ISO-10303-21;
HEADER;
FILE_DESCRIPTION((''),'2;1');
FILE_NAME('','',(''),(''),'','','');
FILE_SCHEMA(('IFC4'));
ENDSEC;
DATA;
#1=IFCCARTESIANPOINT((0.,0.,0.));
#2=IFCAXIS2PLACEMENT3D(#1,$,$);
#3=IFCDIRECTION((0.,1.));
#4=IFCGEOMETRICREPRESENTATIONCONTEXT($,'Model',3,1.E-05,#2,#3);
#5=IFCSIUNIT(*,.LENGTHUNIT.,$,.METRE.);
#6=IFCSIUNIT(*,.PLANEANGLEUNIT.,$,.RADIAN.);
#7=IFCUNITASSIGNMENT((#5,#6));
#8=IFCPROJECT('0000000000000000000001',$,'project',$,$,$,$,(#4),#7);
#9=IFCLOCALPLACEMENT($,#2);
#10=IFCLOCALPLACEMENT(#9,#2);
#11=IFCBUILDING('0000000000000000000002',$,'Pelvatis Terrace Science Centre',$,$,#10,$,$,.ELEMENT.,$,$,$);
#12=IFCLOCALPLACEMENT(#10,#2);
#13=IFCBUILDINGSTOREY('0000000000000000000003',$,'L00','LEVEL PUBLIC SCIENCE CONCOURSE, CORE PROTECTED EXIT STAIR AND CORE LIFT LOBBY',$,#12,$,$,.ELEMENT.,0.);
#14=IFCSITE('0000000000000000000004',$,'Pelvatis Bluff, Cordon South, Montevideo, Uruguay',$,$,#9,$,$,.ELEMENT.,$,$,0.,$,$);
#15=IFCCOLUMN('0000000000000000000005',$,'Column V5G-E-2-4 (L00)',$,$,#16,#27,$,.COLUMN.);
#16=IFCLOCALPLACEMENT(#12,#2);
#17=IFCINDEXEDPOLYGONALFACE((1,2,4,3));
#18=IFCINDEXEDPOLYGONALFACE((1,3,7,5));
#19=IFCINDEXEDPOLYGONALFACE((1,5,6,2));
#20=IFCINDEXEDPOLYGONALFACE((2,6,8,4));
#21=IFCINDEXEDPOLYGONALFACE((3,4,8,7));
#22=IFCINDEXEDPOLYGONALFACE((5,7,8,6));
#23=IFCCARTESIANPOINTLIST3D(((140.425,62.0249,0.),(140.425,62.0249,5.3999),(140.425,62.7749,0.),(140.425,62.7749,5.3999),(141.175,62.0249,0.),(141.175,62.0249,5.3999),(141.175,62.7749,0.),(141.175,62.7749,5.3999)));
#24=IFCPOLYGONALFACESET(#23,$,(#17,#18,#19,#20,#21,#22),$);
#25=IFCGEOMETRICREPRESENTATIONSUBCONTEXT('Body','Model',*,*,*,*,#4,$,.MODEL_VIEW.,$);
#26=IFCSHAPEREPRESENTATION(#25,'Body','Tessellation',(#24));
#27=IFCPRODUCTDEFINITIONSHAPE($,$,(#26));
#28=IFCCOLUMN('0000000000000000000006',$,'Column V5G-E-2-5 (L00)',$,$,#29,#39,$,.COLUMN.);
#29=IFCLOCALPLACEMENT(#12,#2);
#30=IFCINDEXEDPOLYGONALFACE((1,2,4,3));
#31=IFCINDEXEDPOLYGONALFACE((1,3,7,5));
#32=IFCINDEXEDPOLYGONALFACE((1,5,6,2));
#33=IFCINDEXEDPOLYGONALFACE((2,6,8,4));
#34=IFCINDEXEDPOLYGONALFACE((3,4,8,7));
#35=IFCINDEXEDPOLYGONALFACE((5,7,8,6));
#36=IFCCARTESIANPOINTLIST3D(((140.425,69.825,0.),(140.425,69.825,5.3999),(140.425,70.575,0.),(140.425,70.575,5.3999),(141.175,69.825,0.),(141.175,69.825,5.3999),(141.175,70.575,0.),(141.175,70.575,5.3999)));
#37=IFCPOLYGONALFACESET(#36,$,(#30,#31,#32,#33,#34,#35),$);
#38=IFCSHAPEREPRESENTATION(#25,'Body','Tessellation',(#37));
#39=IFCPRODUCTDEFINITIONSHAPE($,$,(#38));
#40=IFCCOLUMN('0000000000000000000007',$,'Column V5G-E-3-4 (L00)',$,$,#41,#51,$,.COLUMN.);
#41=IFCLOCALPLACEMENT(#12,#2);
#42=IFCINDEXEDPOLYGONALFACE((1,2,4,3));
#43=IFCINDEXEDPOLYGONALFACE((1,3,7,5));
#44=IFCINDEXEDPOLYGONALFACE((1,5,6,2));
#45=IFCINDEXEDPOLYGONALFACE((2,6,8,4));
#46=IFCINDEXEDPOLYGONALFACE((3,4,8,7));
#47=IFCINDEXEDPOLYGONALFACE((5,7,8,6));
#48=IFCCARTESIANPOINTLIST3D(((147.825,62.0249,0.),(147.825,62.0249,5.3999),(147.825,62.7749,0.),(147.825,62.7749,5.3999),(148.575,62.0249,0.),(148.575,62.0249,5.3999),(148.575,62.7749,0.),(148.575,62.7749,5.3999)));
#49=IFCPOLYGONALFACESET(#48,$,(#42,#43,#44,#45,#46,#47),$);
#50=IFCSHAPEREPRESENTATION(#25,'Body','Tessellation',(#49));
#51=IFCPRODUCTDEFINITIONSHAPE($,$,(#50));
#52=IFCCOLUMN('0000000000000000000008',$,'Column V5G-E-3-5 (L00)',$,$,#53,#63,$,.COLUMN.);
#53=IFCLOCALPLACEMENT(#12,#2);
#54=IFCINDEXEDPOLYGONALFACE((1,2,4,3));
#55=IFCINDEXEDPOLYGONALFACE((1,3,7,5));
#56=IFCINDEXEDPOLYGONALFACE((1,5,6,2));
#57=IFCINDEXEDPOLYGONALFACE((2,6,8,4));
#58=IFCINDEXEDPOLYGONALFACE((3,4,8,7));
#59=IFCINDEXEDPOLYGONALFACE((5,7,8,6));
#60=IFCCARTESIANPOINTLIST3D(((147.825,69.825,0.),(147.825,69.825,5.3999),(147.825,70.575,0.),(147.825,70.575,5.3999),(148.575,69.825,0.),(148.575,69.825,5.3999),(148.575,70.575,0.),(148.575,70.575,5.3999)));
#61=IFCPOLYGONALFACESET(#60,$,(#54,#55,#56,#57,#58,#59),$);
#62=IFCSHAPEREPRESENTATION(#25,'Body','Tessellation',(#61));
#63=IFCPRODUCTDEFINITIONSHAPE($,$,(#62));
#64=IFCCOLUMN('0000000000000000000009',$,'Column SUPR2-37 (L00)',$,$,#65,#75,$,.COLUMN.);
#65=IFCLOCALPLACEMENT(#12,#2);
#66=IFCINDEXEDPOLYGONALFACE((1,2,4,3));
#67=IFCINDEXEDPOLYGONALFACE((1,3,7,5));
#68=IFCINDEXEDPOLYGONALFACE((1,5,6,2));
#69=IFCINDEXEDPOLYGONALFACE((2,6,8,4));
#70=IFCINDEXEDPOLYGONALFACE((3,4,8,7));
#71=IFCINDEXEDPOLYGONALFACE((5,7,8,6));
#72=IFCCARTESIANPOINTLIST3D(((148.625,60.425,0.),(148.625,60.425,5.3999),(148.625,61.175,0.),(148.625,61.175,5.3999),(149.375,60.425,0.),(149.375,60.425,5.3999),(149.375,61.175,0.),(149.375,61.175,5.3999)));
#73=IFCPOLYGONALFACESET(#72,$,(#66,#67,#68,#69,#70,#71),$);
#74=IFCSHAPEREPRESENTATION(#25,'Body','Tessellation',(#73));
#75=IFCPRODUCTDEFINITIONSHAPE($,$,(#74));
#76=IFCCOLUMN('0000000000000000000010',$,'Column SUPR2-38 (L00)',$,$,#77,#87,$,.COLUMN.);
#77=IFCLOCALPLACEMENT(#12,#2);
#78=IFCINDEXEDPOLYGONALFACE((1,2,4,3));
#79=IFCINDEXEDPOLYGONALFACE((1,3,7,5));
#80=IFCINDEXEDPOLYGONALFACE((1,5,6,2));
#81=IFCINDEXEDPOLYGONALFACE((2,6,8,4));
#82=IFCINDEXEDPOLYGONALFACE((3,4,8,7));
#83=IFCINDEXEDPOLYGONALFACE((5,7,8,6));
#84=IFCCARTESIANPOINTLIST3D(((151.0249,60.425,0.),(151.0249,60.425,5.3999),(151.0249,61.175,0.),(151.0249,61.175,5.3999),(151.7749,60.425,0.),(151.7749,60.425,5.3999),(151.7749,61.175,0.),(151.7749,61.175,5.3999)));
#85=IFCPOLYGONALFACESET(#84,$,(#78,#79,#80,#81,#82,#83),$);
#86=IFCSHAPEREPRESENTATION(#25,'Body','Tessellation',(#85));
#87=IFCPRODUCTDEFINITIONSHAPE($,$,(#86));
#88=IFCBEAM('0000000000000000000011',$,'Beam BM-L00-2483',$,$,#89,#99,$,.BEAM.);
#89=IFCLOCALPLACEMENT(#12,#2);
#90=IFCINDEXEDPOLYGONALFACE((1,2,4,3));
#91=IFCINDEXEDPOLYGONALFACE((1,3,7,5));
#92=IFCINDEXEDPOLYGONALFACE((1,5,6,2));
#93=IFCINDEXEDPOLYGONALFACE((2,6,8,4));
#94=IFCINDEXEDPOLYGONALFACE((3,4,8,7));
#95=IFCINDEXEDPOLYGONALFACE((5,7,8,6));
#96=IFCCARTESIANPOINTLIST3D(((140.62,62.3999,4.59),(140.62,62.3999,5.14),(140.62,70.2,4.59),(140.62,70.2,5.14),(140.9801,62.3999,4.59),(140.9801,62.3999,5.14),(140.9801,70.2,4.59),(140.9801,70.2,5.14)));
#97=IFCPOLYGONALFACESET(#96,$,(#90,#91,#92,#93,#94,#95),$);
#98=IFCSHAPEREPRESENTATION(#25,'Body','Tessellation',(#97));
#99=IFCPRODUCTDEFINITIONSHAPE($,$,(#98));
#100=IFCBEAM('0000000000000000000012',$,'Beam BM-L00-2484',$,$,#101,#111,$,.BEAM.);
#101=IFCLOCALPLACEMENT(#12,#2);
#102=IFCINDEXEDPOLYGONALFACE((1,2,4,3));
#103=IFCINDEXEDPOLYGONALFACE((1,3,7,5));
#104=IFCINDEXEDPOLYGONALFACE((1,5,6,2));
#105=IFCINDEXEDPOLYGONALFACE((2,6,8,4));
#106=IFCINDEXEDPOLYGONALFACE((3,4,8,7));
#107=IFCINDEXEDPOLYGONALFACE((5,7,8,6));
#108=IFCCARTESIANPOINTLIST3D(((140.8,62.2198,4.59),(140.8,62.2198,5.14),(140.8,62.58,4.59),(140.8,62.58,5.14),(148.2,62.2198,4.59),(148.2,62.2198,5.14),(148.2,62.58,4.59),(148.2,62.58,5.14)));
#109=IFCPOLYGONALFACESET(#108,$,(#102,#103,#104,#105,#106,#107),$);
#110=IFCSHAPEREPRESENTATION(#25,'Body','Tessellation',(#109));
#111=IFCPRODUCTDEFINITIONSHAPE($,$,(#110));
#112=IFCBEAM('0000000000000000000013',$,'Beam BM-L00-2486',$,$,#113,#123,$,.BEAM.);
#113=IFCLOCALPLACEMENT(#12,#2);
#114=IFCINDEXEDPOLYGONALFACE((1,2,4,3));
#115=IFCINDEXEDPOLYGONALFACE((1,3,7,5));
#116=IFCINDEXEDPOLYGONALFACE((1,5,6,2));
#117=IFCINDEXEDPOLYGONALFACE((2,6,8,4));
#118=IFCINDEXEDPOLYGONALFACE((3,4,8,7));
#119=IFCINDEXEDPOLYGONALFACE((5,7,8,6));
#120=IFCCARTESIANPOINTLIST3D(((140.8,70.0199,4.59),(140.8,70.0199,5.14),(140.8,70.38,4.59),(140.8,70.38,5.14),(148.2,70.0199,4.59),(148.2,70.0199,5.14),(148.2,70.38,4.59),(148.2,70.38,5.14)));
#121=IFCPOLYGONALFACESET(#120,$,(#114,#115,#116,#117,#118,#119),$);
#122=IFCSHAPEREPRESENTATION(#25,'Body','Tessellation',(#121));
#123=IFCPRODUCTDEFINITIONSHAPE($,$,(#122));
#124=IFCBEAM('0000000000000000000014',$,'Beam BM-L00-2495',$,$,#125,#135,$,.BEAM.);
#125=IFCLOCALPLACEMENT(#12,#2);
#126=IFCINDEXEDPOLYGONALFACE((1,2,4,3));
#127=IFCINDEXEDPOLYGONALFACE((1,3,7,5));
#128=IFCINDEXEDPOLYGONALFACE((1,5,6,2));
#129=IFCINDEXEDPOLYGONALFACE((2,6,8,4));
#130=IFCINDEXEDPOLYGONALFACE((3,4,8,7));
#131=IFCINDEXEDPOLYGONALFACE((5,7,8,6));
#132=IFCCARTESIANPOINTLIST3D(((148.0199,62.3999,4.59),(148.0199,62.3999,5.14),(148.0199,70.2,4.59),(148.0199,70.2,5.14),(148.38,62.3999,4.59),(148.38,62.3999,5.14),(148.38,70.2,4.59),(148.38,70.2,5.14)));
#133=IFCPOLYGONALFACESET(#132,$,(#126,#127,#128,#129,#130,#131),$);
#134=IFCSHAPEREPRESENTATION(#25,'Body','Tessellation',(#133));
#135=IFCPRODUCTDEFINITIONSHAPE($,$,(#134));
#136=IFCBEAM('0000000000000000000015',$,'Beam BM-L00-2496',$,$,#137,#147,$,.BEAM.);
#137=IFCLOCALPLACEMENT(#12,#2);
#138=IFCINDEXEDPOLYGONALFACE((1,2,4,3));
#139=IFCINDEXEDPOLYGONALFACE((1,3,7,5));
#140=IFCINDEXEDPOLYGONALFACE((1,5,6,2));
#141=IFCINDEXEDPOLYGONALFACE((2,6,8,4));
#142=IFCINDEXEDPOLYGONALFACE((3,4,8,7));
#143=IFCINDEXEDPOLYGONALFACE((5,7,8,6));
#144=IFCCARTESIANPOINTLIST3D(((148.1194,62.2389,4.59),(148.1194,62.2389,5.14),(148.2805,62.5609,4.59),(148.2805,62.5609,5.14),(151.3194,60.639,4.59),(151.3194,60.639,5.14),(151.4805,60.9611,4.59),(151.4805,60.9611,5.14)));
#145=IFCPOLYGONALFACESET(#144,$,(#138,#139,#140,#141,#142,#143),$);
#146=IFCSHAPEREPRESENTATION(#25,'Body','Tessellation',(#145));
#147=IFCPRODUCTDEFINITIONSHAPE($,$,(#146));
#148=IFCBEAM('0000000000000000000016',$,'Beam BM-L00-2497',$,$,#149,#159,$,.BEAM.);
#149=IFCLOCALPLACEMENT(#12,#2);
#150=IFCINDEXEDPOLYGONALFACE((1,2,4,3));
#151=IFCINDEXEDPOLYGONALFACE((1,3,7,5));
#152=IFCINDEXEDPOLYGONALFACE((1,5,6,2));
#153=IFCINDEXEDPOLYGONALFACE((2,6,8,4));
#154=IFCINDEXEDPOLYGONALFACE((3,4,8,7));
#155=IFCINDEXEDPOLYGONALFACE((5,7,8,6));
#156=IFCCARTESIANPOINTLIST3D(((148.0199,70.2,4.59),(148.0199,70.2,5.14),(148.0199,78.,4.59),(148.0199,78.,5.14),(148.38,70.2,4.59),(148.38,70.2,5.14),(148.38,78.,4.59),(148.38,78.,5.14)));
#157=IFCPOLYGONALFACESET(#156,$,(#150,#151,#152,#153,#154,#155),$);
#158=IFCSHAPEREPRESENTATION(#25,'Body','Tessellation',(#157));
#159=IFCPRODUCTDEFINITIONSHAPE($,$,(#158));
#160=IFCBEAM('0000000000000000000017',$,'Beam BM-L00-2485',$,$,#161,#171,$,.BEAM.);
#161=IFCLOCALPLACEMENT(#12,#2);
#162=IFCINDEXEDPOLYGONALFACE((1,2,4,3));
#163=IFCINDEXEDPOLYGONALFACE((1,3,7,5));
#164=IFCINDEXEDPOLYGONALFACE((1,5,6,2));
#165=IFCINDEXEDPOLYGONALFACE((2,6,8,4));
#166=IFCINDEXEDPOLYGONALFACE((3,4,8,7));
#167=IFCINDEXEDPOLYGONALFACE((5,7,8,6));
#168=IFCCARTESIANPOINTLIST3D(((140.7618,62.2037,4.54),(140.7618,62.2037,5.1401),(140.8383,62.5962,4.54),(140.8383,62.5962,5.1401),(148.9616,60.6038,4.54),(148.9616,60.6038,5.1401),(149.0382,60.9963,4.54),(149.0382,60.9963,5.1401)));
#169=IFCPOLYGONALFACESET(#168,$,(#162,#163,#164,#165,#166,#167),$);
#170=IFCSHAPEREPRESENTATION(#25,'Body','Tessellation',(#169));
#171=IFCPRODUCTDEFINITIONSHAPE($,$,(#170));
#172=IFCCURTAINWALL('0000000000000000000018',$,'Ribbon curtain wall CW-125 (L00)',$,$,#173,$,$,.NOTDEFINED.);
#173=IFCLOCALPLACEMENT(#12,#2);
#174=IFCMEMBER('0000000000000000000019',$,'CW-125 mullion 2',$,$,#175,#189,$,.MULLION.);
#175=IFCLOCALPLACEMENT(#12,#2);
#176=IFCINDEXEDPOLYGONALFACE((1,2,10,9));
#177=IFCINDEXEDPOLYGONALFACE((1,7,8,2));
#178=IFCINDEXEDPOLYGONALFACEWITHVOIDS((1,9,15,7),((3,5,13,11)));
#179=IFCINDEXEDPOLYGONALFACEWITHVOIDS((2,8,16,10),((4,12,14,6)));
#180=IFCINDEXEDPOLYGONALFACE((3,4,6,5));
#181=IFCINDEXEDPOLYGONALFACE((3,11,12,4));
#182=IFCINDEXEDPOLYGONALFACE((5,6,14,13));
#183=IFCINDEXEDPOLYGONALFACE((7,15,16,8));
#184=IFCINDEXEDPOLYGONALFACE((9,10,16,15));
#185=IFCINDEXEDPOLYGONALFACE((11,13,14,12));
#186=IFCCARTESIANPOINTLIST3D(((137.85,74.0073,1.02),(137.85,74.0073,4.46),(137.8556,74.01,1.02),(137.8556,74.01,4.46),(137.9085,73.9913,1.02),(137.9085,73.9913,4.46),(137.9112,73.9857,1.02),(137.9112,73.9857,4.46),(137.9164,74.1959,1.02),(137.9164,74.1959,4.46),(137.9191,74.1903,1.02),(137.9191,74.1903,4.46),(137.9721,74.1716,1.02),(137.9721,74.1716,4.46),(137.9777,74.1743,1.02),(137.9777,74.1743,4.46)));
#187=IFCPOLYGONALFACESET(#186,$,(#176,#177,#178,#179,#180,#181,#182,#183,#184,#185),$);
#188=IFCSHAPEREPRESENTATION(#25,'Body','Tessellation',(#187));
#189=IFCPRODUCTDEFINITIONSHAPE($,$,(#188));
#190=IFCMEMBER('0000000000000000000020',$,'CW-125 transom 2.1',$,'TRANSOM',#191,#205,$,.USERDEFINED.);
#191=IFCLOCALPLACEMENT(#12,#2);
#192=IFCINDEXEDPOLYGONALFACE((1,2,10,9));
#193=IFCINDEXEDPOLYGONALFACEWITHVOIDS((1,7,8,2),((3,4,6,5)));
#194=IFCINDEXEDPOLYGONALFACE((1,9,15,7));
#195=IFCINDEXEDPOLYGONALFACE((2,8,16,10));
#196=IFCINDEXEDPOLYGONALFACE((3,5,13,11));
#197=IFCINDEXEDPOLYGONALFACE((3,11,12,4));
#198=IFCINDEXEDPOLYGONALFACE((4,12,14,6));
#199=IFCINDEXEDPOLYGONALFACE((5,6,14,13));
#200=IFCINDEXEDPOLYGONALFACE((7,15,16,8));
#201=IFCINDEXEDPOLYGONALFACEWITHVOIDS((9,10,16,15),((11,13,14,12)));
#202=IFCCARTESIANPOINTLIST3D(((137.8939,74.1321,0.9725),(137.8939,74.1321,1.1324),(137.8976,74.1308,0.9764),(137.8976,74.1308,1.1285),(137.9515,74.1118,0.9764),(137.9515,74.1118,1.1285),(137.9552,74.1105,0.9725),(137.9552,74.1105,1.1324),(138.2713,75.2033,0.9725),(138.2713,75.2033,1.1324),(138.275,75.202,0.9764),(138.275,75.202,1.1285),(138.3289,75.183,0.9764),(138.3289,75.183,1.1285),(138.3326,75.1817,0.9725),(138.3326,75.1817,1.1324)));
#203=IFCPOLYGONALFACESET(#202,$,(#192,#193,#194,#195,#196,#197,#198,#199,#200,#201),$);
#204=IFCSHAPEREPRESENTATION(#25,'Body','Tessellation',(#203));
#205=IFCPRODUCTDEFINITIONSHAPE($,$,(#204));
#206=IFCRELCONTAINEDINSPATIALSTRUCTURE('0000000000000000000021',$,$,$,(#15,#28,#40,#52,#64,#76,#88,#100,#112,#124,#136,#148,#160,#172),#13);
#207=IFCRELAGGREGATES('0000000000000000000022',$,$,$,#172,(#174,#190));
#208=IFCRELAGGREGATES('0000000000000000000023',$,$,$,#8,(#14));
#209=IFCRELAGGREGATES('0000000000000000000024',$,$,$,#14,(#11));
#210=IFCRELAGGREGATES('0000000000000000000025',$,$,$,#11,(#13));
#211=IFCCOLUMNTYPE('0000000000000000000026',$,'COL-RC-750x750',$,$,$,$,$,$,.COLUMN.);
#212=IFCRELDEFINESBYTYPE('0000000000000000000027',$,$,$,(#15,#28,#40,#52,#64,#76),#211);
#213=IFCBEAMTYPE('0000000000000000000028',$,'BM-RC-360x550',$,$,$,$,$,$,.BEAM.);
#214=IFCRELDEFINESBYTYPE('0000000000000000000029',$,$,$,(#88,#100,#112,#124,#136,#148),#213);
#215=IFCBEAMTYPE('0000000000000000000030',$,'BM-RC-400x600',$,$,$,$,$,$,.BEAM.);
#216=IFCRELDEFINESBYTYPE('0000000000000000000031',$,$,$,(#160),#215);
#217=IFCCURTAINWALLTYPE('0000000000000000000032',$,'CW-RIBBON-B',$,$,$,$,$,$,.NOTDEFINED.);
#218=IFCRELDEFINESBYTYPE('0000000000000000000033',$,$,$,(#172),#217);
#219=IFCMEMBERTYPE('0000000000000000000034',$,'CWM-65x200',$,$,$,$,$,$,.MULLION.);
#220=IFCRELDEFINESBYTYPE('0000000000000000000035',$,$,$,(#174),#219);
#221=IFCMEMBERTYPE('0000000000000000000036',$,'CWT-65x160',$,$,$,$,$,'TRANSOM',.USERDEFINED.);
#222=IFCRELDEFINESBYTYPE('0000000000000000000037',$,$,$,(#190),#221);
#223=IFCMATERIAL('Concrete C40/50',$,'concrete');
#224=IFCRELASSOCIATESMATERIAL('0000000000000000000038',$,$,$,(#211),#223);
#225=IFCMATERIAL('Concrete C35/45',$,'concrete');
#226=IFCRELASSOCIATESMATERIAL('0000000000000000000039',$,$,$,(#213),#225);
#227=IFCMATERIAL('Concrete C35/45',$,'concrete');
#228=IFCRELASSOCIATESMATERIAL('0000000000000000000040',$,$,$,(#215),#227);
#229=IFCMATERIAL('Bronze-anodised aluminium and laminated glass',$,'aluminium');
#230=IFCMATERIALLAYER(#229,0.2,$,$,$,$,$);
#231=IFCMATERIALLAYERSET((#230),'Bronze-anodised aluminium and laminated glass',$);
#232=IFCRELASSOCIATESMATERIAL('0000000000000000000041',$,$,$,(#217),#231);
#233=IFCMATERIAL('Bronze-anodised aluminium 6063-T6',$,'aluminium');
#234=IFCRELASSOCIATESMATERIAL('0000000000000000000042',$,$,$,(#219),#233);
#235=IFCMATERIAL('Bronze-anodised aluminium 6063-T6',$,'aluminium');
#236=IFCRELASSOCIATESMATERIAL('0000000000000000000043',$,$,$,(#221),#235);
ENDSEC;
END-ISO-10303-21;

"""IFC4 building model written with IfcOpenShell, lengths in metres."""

from ifc_helpers import new_model, si_unit, direction, frame, origin, origin_2d, place, context, subcontext, project, spatial, rectangle, hollow_rectangle, extrude, material, layer, layer_set, material_profile, profile_set, type_object, element, aggregate, save


model = new_model("IFC4")

# Units and contexts
model_context = context("Model", 3, precision=1e-05, world=origin(), true_north=direction((0.0, 1.0)))
body_context = subcontext(model_context, "Body", "Model", "MODEL_VIEW")
ifc_project = project(units=[si_unit("LENGTHUNIT", "METRE"), si_unit("PLANEANGLEUNIT", "RADIAN")], contexts=[model_context])

# Site, building, storey
site_placement = place(None, origin())
site = spatial("IfcSite", under=ifc_project, at=site_placement, Name="Pelvatis Bluff, Cordon South, Montevideo, Uruguay", CompositionType="ELEMENT", RefElevation=0.0)
building_placement = place(site_placement, origin())
building = spatial("IfcBuilding", under=site, at=building_placement, Name="Pelvatis Terrace Science Centre", CompositionType="ELEMENT")
storey_placement = place(building_placement, origin())
storey = spatial("IfcBuildingStorey", under=building, at=storey_placement, Name="L00", Description="LEVEL PUBLIC SCIENCE CONCOURSE, CORE PROTECTED EXIT STAIR AND CORE LIFT LOBBY", CompositionType="ELEMENT", Elevation=0.0)

# Columns
ifc_material_1 = material(Name="Concrete C40/50", Category="concrete")
ifc_material_profile_1 = material_profile(ifc_material_1, rectangle(XDim=0.75, YDim=0.75, at=origin_2d()), Name="RC-COL 750x750")
ifc_profile_set_1 = profile_set([ifc_material_profile_1], Name="Concrete C40/50")
column_type = type_object("IfcColumnType", Name="COL-RC-750x750", PredefinedType="COLUMN", material=ifc_profile_set_1)
for number, where, z_axis, x_axis, name in (
    (1, (140.8, 62.3999, 0.0), (0.0, 0.0, 1.0), (1.0, 0.0, 0.0), "Column V5G-E-2-4 (L00)"),
    (2, (140.8, 70.2, 0.0), (0.0, 0.0, 1.0), (1.0, 0.0, 0.0), "Column V5G-E-2-5 (L00)"),
    (3, (148.2, 62.3999, 0.0), (0.0, 0.0, 1.0), (1.0, 0.0, 0.0), "Column V5G-E-3-4 (L00)"),
    (4, (148.2, 70.2, 0.0), (0.0, 0.0, 1.0), (1.0, 0.0, 0.0), "Column V5G-E-3-5 (L00)"),
    (5, (149.0, 60.8, 0.0), (0.0, 0.0, 1.0), (1.0, 0.0, 0.0), "Column SUPR2-37 (L00)"),
    (6, (151.3999, 60.8, 0.0), (0.0, 0.0, 1.0), (1.0, 0.0, 0.0), "Column SUPR2-38 (L00)"),
):
    element("IfcColumn", number, at=place(storey_placement, frame(where, z_axis=z_axis, x_axis=x_axis)), inside=storey, type_object=column_type, Name=name, PredefinedType="COLUMN", context=body_context, shape_type="SweptSolid", body=[
        extrude(rectangle(XDim=0.75, YDim=0.75, at=origin_2d()), origin(), (0.0, 0.0, 1.0), 5.3999),
    ])

# Beams
ifc_material_2 = material(Name="Concrete C35/45", Category="concrete")
ifc_material_profile_2 = material_profile(ifc_material_2, rectangle(XDim=0.3601, YDim=0.55, at=origin_2d()), Name="RC-BM 360x550")
ifc_profile_set_2 = profile_set([ifc_material_profile_2], Name="Concrete C35/45")
beam_type_1 = type_object("IfcBeamType", Name="BM-RC-360x550", PredefinedType="BEAM", material=ifc_profile_set_2)
beam_1_placement = place(storey_placement, frame((140.8, 62.3999, 4.865), z_axis=(0.0, 1.0, 0.0), x_axis=(-1.0, 0.0, 0.0)))
element("IfcBeam", 7, at=beam_1_placement, inside=storey, type_object=beam_type_1, Name="Beam BM-L00-2483", PredefinedType="BEAM", context=body_context, shape_type="SweptSolid", body=[
    extrude(rectangle(XDim=0.3601, YDim=0.55, at=origin_2d()), origin(), (0.0, 0.0, 1.0), 7.8),
])
for number, where, z_axis, x_axis, name in (
    (8, (140.8, 62.3999, 4.865), (1.0, 0.0, 0.0), (0.0, 1.0, 0.0), "Beam BM-L00-2484"),
    (9, (140.8, 70.2, 4.865), (1.0, 0.0, 0.0), (0.0, 1.0, 0.0), "Beam BM-L00-2486"),
):
    element("IfcBeam", number, at=place(storey_placement, frame(where, z_axis=z_axis, x_axis=x_axis)), inside=storey, type_object=beam_type_1, Name=name, PredefinedType="BEAM", context=body_context, shape_type="SweptSolid", body=[
        extrude(rectangle(XDim=0.3601, YDim=0.55, at=origin_2d()), origin(), (0.0, 0.0, 1.0), 7.3999),
    ])
beam_2_placement = place(storey_placement, frame((148.2, 62.3999, 4.865), z_axis=(0.0, 1.0, 0.0), x_axis=(-1.0, 0.0, 0.0)))
element("IfcBeam", 10, at=beam_2_placement, inside=storey, type_object=beam_type_1, Name="Beam BM-L00-2495", PredefinedType="BEAM", context=body_context, shape_type="SweptSolid", body=[
    extrude(rectangle(XDim=0.3601, YDim=0.55, at=origin_2d()), origin(), (0.0, 0.0, 1.0), 7.8),
])
beam_3_placement = place(storey_placement, frame((148.2, 62.3999, 4.865), z_axis=(0.894441, -0.447186, 0.0), x_axis=(0.447186, 0.894441, 0.0)))
element("IfcBeam", 11, at=beam_3_placement, inside=storey, type_object=beam_type_1, Name="Beam BM-L00-2496", PredefinedType="BEAM", context=body_context, shape_type="SweptSolid", body=[
    extrude(rectangle(XDim=0.3601, YDim=0.55, at=origin_2d()), origin(), (0.0, 0.0, 1.0), 3.5776),
])
beam_4_placement = place(storey_placement, frame((148.2, 70.2, 4.865), z_axis=(0.0, 1.0, 0.0), x_axis=(-1.0, 0.0, 0.0)))
element("IfcBeam", 12, at=beam_4_placement, inside=storey, type_object=beam_type_1, Name="Beam BM-L00-2497", PredefinedType="BEAM", context=body_context, shape_type="SweptSolid", body=[
    extrude(rectangle(XDim=0.3601, YDim=0.55, at=origin_2d()), origin(), (0.0, 0.0, 1.0), 7.8),
])
ifc_material_3 = material(Name="Concrete C35/45", Category="concrete")
ifc_material_profile_3 = material_profile(ifc_material_3, rectangle(XDim=0.3999, YDim=0.6001, at=origin_2d()), Name="RC-BM 400x600")
ifc_profile_set_3 = profile_set([ifc_material_profile_3], Name="Concrete C35/45")
beam_type_2 = type_object("IfcBeamType", Name="BM-RC-400x600", PredefinedType="BEAM", material=ifc_profile_set_3)
beam_5_placement = place(storey_placement, frame((140.8, 62.3999, 4.8401), z_axis=(0.981494, -0.191495, 0.0), x_axis=(0.191495, 0.981494, 0.0)))
element("IfcBeam", 13, at=beam_5_placement, inside=storey, type_object=beam_type_2, Name="Beam BM-L00-2485", PredefinedType="BEAM", context=body_context, shape_type="SweptSolid", body=[
    extrude(rectangle(XDim=0.3999, YDim=0.6001, at=origin_2d()), origin(), (0.0, 0.0, 1.0), 8.3545),
])

# Curtain wall, members
ifc_material_4 = material(Name="Bronze-anodised aluminium and laminated glass", Category="aluminium")
ifc_layer_1 = layer(ifc_material_4, 0.2)
ifc_layer_set_1 = layer_set([ifc_layer_1], Name="Bronze-anodised aluminium and laminated glass")
curtain_wall_type = type_object("IfcCurtainWallType", Name="CW-RIBBON-B", PredefinedType="NOTDEFINED", material=ifc_layer_set_1)
curtain_wall_placement = place(storey_placement, origin())
curtain_wall = element("IfcCurtainWall", 14, at=curtain_wall_placement, inside=storey, type_object=curtain_wall_type, Name="Ribbon curtain wall CW-125 (L00)", PredefinedType="NOTDEFINED")
ifc_material_5 = material(Name="Bronze-anodised aluminium 6063-T6", Category="aluminium")
ifc_material_profile_4 = material_profile(ifc_material_5, hollow_rectangle(XDim=0.0649, YDim=0.2, WallThickness=0.0044, at=origin_2d()), Name="ALU-MUL 65x200")
ifc_profile_set_4 = profile_set([ifc_material_profile_4], Name="Bronze-anodised aluminium 6063-T6")
member_type_1 = type_object("IfcMemberType", Name="CWM-65x200", PredefinedType="MULLION", material=ifc_profile_set_4)
member_1_placement = place(storey_placement, frame((137.9138, 74.0908, 1.02), z_axis=(0.0, 0.0, 1.0), x_axis=(-0.943171, 0.332308, 0.0)))
member_1 = element("IfcMember", 15, at=member_1_placement, type_object=member_type_1, Name="CW-125 mullion 2", PredefinedType="MULLION", context=body_context, shape_type="SweptSolid", body=[
    extrude(hollow_rectangle(XDim=0.0649, YDim=0.2, WallThickness=0.0044, at=origin_2d()), origin(), (0.0, 0.0, 1.0), 3.4399),
])
ifc_material_6 = material(Name="Bronze-anodised aluminium 6063-T6", Category="aluminium")
ifc_material_profile_5 = material_profile(ifc_material_6, hollow_rectangle(XDim=0.0649, YDim=0.1599, WallThickness=0.0039, at=origin_2d()), Name="ALU-TRN 65x160")
ifc_profile_set_5 = profile_set([ifc_material_profile_5], Name="Bronze-anodised aluminium 6063-T6")
member_type_2 = type_object("IfcMemberType", Name="CWT-65x160", ElementType="TRANSOM", PredefinedType="USERDEFINED", material=ifc_profile_set_5)
member_2_placement = place(storey_placement, frame((137.9246, 74.1213, 1.0525), z_axis=(0.332303, 0.943173, 0.0), x_axis=(-0.943173, 0.332303, 0.0)))
member_2 = element("IfcMember", 16, at=member_2_placement, type_object=member_type_2, Name="CW-125 transom 2.1", ObjectType="TRANSOM", PredefinedType="USERDEFINED", context=body_context, shape_type="SweptSolid", body=[
    extrude(hollow_rectangle(XDim=0.0649, YDim=0.1599, WallThickness=0.0039, at=origin_2d()), origin(), (0.0, 0.0, 1.0), 1.1357),
])
aggregate(curtain_wall, [member_1, member_2])

save(model, "model.ifc")
